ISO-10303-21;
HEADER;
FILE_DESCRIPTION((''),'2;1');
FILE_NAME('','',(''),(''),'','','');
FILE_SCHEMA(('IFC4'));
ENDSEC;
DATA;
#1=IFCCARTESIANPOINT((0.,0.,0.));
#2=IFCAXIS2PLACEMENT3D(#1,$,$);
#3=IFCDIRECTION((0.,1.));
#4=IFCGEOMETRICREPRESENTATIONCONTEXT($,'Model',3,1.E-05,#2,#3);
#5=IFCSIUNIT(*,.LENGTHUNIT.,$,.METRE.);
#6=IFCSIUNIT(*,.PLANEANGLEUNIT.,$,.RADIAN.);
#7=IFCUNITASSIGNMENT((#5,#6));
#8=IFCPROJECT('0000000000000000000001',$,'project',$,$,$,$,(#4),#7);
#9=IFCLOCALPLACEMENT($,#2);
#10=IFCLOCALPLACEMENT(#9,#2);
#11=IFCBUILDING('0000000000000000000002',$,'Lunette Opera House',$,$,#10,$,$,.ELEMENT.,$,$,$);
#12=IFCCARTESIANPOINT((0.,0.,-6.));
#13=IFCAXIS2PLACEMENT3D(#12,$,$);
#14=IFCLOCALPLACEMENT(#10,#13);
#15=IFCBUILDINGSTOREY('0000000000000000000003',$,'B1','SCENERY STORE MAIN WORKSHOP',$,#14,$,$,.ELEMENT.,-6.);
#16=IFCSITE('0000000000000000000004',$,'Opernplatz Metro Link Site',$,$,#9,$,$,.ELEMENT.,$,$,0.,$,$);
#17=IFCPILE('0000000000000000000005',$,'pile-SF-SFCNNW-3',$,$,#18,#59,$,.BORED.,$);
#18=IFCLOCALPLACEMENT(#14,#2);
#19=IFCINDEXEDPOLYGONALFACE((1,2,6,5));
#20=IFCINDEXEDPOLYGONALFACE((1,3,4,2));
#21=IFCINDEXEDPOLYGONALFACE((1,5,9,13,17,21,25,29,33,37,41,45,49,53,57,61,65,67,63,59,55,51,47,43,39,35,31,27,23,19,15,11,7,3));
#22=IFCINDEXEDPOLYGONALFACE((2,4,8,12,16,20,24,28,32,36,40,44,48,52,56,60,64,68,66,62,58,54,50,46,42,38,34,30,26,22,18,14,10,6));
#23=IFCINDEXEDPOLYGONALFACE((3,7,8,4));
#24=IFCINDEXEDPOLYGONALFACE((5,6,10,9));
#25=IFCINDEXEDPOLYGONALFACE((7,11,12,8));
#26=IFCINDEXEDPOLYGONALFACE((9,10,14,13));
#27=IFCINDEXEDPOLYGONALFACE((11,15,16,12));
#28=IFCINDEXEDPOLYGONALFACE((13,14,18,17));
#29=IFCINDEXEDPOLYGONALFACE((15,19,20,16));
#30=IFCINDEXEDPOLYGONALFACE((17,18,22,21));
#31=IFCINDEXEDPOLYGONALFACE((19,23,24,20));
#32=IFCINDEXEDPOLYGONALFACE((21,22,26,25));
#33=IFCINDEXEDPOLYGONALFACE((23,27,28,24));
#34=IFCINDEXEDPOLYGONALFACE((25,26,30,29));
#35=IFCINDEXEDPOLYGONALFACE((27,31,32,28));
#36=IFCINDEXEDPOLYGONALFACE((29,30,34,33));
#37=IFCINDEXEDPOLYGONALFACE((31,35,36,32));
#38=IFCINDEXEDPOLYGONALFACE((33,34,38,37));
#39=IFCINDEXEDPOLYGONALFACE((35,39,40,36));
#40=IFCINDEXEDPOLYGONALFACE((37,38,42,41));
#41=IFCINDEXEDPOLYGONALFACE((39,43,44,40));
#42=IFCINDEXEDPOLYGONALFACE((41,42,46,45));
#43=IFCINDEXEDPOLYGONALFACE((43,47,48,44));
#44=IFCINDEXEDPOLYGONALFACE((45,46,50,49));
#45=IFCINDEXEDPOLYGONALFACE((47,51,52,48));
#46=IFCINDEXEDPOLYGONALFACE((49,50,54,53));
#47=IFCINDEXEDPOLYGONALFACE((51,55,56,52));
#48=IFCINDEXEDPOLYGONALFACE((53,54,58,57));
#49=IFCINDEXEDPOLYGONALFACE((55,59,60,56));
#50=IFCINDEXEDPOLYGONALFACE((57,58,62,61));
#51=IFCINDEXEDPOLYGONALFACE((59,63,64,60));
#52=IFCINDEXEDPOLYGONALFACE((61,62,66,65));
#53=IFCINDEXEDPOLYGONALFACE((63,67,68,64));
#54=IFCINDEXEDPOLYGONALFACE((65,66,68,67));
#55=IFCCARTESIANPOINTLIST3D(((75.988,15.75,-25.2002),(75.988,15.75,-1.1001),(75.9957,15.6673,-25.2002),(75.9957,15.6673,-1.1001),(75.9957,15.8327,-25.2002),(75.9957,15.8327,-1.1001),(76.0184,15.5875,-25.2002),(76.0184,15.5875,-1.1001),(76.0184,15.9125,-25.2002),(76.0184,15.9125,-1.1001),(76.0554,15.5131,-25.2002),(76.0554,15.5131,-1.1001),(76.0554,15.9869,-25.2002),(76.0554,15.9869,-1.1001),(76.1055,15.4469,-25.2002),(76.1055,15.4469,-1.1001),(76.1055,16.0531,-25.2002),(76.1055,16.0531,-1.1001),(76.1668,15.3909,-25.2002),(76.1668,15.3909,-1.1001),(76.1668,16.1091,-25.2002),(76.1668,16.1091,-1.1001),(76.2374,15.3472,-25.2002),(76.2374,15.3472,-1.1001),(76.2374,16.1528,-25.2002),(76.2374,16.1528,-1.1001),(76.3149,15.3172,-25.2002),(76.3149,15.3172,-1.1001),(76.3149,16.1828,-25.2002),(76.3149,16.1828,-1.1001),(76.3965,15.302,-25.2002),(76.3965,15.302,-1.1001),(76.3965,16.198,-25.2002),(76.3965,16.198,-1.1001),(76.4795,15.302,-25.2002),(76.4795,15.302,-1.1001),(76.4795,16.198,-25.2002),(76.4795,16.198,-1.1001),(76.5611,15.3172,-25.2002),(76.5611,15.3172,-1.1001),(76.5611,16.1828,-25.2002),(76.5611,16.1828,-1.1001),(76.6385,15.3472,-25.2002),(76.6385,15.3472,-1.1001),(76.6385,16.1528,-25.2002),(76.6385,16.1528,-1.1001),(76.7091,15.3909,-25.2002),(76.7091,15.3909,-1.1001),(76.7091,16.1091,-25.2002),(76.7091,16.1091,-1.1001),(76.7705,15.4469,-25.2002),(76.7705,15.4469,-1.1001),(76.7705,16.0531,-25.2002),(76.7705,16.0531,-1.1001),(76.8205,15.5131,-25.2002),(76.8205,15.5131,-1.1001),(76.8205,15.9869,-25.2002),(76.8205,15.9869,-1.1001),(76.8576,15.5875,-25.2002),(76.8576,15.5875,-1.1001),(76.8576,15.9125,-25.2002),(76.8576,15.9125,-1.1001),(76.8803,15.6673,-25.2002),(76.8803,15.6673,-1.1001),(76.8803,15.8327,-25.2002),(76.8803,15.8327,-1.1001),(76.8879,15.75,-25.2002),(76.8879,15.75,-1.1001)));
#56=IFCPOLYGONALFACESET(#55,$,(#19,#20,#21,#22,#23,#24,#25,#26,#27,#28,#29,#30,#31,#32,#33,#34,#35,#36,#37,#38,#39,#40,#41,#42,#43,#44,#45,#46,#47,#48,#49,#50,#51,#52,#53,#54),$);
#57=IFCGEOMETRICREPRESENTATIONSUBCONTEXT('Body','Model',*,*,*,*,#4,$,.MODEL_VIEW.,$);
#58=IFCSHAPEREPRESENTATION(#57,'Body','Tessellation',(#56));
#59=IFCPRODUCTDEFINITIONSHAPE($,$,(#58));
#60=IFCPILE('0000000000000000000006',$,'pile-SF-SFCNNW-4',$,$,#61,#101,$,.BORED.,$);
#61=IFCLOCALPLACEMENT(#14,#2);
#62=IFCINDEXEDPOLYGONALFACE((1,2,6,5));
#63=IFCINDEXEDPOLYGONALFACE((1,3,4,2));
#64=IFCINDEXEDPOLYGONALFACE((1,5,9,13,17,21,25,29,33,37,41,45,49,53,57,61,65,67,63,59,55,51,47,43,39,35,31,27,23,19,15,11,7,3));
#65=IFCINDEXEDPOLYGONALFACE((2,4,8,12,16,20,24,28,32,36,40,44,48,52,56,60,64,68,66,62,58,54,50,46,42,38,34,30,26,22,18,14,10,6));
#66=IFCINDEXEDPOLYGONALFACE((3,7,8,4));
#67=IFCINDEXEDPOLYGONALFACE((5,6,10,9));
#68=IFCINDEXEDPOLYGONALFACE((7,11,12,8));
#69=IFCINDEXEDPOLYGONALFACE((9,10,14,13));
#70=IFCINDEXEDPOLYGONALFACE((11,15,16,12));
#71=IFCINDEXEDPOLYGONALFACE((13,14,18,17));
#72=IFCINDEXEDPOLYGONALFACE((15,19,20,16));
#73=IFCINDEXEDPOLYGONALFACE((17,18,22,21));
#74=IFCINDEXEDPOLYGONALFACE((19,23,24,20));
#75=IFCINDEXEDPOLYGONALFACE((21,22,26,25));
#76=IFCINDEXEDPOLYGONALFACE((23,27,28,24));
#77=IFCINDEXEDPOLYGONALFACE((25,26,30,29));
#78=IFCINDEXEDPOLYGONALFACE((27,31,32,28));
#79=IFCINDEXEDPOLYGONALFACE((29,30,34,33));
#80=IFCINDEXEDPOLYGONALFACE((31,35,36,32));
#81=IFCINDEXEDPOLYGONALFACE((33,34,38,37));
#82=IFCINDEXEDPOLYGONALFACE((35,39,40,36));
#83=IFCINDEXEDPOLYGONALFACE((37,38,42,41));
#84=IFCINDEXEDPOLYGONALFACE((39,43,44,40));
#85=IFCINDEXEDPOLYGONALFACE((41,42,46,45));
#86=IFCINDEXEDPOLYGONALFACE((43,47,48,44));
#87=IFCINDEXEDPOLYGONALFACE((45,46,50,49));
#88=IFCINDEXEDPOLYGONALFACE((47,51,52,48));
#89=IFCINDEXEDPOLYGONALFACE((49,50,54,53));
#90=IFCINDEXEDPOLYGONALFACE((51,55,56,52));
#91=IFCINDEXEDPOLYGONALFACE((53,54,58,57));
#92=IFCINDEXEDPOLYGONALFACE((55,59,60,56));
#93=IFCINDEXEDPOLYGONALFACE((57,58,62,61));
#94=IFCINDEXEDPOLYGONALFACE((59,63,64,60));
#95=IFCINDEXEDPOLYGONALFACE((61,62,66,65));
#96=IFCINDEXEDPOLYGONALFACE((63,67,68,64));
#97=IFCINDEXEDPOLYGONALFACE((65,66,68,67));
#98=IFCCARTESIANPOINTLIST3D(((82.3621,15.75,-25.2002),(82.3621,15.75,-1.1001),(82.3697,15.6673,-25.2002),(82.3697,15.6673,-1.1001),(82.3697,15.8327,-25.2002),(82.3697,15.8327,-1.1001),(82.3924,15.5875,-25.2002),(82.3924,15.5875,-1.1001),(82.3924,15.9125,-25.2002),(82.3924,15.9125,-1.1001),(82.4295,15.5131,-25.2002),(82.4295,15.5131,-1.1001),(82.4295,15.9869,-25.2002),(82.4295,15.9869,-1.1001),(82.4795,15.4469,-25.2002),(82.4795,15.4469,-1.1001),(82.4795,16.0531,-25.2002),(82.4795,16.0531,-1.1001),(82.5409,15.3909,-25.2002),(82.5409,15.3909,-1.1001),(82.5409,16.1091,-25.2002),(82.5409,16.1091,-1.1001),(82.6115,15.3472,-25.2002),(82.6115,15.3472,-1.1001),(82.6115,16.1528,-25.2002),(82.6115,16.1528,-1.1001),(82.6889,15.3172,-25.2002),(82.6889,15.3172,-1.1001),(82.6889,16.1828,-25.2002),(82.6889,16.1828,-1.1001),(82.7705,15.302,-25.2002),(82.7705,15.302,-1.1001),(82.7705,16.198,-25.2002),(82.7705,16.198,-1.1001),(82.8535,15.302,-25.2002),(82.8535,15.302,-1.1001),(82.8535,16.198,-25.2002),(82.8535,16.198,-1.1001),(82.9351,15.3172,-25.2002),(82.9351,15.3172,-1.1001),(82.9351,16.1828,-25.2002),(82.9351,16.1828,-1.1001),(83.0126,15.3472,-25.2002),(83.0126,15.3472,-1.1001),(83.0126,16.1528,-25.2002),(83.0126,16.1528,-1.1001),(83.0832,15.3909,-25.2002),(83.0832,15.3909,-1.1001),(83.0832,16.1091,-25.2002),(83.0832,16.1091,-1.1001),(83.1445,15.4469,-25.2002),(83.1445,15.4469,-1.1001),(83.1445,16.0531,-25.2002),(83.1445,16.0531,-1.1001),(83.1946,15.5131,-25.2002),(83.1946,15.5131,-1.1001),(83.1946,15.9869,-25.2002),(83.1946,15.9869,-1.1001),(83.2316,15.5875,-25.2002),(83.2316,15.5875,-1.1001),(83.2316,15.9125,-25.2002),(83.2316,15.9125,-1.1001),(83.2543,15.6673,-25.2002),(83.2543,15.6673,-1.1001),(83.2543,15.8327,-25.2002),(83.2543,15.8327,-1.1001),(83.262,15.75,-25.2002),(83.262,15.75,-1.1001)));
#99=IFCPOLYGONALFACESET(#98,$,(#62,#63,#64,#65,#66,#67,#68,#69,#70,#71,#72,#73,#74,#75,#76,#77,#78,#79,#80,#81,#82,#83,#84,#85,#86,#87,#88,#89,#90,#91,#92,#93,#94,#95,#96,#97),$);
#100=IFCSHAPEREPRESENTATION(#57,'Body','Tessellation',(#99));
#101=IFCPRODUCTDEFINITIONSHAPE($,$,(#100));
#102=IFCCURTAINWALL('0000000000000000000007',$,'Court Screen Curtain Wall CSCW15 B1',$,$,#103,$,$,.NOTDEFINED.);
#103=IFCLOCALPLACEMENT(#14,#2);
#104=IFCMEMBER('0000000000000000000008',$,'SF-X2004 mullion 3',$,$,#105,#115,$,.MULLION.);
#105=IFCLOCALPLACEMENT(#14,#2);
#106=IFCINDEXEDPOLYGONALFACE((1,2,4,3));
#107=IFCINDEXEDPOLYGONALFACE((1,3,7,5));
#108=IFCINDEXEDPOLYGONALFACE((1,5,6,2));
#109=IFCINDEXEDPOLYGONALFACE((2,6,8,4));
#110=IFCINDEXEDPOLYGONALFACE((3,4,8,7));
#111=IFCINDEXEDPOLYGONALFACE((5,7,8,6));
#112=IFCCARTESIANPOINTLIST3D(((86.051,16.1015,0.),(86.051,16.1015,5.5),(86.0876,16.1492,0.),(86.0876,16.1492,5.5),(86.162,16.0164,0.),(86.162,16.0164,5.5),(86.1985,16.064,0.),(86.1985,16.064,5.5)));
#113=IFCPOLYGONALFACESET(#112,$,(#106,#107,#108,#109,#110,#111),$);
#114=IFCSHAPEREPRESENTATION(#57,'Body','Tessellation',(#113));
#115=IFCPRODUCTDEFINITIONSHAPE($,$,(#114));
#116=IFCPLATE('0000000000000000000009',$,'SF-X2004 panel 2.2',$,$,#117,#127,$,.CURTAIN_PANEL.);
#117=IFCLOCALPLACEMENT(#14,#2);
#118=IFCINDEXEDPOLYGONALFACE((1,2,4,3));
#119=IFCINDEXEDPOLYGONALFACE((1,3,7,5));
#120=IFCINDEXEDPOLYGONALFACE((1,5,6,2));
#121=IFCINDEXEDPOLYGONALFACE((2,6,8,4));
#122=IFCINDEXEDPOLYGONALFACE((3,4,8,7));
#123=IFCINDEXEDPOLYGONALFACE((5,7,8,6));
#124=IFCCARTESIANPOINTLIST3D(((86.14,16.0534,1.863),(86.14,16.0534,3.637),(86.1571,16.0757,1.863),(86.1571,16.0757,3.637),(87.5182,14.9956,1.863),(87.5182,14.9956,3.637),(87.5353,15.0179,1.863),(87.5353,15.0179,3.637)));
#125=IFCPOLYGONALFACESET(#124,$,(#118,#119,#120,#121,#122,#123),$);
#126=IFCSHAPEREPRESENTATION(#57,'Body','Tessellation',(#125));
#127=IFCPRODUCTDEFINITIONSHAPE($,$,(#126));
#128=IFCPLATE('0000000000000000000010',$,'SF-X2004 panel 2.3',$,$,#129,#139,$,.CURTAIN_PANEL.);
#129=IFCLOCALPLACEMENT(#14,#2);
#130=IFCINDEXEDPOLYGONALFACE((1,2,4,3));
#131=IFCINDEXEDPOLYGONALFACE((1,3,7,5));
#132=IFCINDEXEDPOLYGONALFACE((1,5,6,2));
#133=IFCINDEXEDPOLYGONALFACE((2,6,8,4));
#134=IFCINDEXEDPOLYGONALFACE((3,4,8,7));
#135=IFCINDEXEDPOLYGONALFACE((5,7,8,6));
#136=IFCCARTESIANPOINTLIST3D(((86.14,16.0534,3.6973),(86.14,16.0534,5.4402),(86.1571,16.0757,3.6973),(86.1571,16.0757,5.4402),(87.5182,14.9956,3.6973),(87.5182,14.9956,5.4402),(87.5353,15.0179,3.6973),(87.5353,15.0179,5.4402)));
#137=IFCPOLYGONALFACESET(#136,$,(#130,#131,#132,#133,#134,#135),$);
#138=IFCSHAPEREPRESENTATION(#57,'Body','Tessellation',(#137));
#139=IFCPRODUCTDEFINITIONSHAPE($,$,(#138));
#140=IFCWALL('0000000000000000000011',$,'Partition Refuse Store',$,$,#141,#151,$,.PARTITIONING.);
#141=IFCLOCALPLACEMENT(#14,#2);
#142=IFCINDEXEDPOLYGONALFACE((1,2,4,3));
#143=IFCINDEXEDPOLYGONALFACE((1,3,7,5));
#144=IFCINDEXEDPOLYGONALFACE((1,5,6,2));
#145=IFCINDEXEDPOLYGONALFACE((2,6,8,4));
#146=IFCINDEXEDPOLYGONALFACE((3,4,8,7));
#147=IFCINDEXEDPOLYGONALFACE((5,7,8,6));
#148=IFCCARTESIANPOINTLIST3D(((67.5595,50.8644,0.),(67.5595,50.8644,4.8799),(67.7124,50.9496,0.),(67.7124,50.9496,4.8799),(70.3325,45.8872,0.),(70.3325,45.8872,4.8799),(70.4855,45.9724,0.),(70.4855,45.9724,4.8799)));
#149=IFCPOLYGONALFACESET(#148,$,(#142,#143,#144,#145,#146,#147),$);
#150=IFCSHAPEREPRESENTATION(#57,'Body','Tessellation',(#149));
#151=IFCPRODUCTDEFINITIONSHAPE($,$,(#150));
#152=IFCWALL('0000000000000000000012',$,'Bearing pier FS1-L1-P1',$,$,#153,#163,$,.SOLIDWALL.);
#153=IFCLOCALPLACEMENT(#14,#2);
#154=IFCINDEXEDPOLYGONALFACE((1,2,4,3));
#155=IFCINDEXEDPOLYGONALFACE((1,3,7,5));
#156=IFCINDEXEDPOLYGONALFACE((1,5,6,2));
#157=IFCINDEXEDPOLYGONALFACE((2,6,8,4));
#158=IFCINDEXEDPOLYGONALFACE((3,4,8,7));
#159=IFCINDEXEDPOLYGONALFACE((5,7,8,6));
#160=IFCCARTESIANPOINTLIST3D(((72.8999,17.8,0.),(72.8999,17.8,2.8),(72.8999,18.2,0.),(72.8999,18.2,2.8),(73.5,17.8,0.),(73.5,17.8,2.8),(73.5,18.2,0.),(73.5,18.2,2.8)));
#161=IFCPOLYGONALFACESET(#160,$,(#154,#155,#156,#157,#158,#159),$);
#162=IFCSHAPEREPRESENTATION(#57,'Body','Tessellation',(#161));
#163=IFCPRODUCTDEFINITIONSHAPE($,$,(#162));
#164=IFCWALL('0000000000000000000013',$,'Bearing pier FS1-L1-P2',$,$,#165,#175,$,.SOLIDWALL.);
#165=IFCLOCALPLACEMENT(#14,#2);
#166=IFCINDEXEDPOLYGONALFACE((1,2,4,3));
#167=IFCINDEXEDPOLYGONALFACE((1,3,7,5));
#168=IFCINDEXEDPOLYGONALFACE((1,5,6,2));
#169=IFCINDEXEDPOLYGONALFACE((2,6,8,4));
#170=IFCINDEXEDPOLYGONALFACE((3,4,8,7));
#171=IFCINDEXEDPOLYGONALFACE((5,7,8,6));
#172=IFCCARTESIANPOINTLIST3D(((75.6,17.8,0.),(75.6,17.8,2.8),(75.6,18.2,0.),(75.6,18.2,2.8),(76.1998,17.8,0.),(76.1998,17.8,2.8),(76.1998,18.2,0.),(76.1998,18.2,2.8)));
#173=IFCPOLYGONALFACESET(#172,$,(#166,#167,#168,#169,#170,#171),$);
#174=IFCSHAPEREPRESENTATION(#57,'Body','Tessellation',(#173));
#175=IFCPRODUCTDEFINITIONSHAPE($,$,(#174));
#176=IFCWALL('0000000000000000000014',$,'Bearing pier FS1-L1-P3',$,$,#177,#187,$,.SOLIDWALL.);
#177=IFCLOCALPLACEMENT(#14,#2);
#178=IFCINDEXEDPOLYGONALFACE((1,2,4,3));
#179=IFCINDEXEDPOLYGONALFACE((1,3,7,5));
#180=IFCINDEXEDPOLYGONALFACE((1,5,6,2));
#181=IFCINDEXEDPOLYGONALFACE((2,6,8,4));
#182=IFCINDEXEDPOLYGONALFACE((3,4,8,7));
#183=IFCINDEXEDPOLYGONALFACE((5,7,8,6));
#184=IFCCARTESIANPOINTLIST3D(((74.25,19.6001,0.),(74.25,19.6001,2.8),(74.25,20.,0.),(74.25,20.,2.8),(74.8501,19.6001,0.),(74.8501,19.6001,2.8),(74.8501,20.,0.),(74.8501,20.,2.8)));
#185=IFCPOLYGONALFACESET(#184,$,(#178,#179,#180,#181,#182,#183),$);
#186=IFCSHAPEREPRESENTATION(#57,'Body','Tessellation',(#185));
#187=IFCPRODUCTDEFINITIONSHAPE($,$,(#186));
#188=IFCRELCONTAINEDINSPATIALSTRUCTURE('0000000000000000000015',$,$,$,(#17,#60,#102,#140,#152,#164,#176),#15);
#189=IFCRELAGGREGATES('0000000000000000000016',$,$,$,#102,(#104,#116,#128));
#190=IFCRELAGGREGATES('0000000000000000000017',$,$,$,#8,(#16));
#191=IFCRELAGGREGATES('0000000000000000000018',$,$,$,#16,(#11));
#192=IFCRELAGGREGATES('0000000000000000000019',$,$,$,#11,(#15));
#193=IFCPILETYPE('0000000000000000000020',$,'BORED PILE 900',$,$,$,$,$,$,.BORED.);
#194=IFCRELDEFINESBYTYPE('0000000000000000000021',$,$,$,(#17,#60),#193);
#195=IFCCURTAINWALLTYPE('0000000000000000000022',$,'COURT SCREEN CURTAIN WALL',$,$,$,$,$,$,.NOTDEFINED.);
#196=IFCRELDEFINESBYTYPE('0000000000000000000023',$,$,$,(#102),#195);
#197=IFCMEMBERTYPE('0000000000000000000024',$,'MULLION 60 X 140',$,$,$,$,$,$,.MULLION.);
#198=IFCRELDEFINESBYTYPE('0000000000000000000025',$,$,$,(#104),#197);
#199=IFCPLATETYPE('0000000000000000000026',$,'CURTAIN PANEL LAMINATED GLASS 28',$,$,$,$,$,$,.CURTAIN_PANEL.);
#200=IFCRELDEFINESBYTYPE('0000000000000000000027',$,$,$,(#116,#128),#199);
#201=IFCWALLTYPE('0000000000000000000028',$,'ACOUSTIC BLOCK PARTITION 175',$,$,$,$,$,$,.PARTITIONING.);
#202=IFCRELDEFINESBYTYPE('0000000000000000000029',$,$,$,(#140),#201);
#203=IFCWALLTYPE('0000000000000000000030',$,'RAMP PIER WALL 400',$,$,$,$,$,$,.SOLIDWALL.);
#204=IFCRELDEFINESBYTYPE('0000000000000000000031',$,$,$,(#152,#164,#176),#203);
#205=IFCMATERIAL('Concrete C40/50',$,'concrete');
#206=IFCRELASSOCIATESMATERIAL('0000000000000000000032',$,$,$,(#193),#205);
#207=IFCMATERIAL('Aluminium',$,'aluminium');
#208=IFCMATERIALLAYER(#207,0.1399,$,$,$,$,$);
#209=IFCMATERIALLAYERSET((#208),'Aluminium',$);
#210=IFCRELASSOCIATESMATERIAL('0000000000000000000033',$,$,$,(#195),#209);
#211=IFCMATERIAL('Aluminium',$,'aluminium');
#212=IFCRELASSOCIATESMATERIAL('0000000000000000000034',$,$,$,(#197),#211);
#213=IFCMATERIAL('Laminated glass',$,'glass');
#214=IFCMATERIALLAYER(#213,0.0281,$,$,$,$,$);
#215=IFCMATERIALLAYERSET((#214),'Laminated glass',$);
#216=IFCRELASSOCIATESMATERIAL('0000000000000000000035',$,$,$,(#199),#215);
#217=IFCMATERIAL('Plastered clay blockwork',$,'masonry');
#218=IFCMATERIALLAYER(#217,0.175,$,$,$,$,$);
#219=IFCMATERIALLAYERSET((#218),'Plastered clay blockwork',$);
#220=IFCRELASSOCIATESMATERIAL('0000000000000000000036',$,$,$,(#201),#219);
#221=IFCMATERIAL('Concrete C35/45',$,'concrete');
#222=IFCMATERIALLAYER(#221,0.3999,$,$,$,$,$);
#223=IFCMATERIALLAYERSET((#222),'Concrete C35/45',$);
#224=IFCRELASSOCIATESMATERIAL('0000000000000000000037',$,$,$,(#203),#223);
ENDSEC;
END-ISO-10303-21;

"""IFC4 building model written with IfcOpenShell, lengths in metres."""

from ifc_helpers import new_model, si_unit, direction, frame, frame_2d, origin, origin_2d, place, context, subcontext, project, spatial, rectangle, circle, extrude, material, layer, layer_set, material_profile, profile_set, type_object, element, aggregate, save


model = new_model("IFC4")

# Units and contexts
model_context = context("Model", 3, precision=1e-05, world=origin(), true_north=direction((0.0, 1.0)))
body_context = subcontext(model_context, "Body", "Model", "MODEL_VIEW")
ifc_project = project(units=[si_unit("LENGTHUNIT", "METRE"), si_unit("PLANEANGLEUNIT", "RADIAN")], contexts=[model_context])

# Site, building, storey
site_placement = place(None, origin())
site = spatial("IfcSite", under=ifc_project, at=site_placement, Name="Opernplatz Metro Link Site", CompositionType="ELEMENT", RefElevation=0.0)
building_placement = place(site_placement, origin())
building = spatial("IfcBuilding", under=site, at=building_placement, Name="Lunette Opera House", CompositionType="ELEMENT")
storey_placement = place(building_placement, frame((0.0, 0.0, -6.0)))
storey = spatial("IfcBuildingStorey", under=building, at=storey_placement, Name="B1", Description="SCENERY STORE MAIN WORKSHOP", CompositionType="ELEMENT", Elevation=-6.0)

# Piles
ifc_material_1 = material(Name="Concrete C40/50", Category="concrete")
ifc_material_profile_1 = material_profile(ifc_material_1, circle(Radius=0.45, at=origin_2d()), Name="BORED PILE 900")
ifc_profile_set_1 = profile_set([ifc_material_profile_1], Name="Concrete C40/50")
pile_type = type_object("IfcPileType", Name="BORED PILE 900", PredefinedType="BORED", material=ifc_profile_set_1)
for number, where, z_axis, x_axis, name in (
    (1, (76.438, 15.75, -1.1001), (0.0, 0.0, -1.0), (1.0, 0.0, 0.0), "pile-SF-SFCNNW-3"),
    (2, (82.812, 15.75, -1.1001), (0.0, 0.0, -1.0), (1.0, 0.0, 0.0), "pile-SF-SFCNNW-4"),
):
    element("IfcPile", number, at=place(storey_placement, frame(where, z_axis=z_axis, x_axis=x_axis)), inside=storey, type_object=pile_type, Name=name, PredefinedType="BORED", context=body_context, shape_type="SweptSolid", body=[
        extrude(circle(Radius=0.45, at=origin_2d()), origin(), (0.0, 0.0, 1.0), 24.1001),
    ])

# Curtain wall, member, plates
ifc_material_2 = material(Name="Aluminium", Category="aluminium")
ifc_layer_1 = layer(ifc_material_2, 0.1399)
ifc_layer_set_1 = layer_set([ifc_layer_1], Name="Aluminium")
curtain_wall_type = type_object("IfcCurtainWallType", Name="COURT SCREEN CURTAIN WALL", PredefinedType="NOTDEFINED", material=ifc_layer_set_1)
curtain_wall_placement = place(storey_placement, origin())
curtain_wall = element("IfcCurtainWall", 3, at=curtain_wall_placement, inside=storey, type_object=curtain_wall_type, Name="Court Screen Curtain Wall CSCW15 B1", PredefinedType="NOTDEFINED")
ifc_material_3 = material(Name="Aluminium", Category="aluminium")
ifc_material_profile_2 = material_profile(ifc_material_3, rectangle(XDim=0.0601, YDim=0.1399, at=origin_2d()), Name="MULLION 60 X 140")
ifc_profile_set_2 = profile_set([ifc_material_profile_2], Name="Aluminium")
member_type = type_object("IfcMemberType", Name="MULLION 60 X 140", PredefinedType="MULLION", material=ifc_profile_set_2)
member_placement = place(storey_placement, frame((86.1248, 16.0828, 0.0), z_axis=(0.0, 0.0, 1.0), x_axis=(-0.608851, -0.793285, 0.0)))
member = element("IfcMember", 4, at=member_placement, type_object=member_type, Name="SF-X2004 mullion 3", PredefinedType="MULLION", context=body_context, shape_type="SweptSolid", body=[
    extrude(rectangle(XDim=0.0601, YDim=0.1399, at=origin_2d()), origin(), (0.0, 0.0, 1.0), 5.5),
])
ifc_material_4 = material(Name="Laminated glass", Category="glass")
ifc_layer_2 = layer(ifc_material_4, 0.0281)
ifc_layer_set_2 = layer_set([ifc_layer_2], Name="Laminated glass")
plate_type = type_object("IfcPlateType", Name="CURTAIN PANEL LAMINATED GLASS 28", PredefinedType="CURTAIN_PANEL", material=ifc_layer_set_2)
plate_1_placement = place(storey_placement, frame((86.8376, 15.5356, 1.863), z_axis=(0.0, 0.0, 1.0), x_axis=(-0.793285, 0.608851, 0.0)))
plate_1 = element("IfcPlate", 5, at=plate_1_placement, type_object=plate_type, Name="SF-X2004 panel 2.2", PredefinedType="CURTAIN_PANEL", context=body_context, shape_type="SweptSolid", body=[
    extrude(rectangle(XDim=1.7373, YDim=0.0281, at=origin_2d()), origin(), (0.0, 0.0, 1.0), 1.7739),
])
plate_2_placement = place(storey_placement, frame((86.8376, 15.5356, 3.6973), z_axis=(0.0, 0.0, 1.0), x_axis=(-0.793285, 0.608851, 0.0)))
plate_2 = element("IfcPlate", 6, at=plate_2_placement, type_object=plate_type, Name="SF-X2004 panel 2.3", PredefinedType="CURTAIN_PANEL", context=body_context, shape_type="SweptSolid", body=[
    extrude(rectangle(XDim=1.7373, YDim=0.0281, at=origin_2d()), origin(), (0.0, 0.0, 1.0), 1.7429),
])
aggregate(curtain_wall, [member, plate_1, plate_2])

# Walls
ifc_material_5 = material(Name="Plastered clay blockwork", Category="masonry")
ifc_layer_3 = layer(ifc_material_5, 0.175)
ifc_layer_set_3 = layer_set([ifc_layer_3], Name="Plastered clay blockwork")
wall_type_1 = type_object("IfcWallType", Name="ACOUSTIC BLOCK PARTITION 175", PredefinedType="PARTITIONING", material=ifc_layer_set_3)
wall_1_placement = place(storey_placement, frame((70.4089, 45.9299, 0.0), z_axis=(0.0, 0.0, 1.0), x_axis=(-0.486705, 0.873566, 0.0)))
element("IfcWall", 7, at=wall_1_placement, inside=storey, type_object=wall_type_1, Name="Partition Refuse Store", PredefinedType="PARTITIONING", context=body_context, shape_type="SweptSolid", body=[
    extrude(rectangle(XDim=5.6975, YDim=0.175, at=frame_2d((2.8486, 0.0))), origin(), (0.0, 0.0, 1.0), 4.8799),
])
ifc_material_6 = material(Name="Concrete C35/45", Category="concrete")
ifc_layer_4 = layer(ifc_material_6, 0.3999)
ifc_layer_set_4 = layer_set([ifc_layer_4], Name="Concrete C35/45")
wall_type_2 = type_object("IfcWallType", Name="RAMP PIER WALL 400", PredefinedType="SOLIDWALL", material=ifc_layer_set_4)
wall_2_placement = place(storey_placement, frame((72.8999, 18.0, 0.0), z_axis=(0.0, 0.0, 1.0), x_axis=(1.0, 0.0, 0.0)))
element("IfcWall", 8, at=wall_2_placement, inside=storey, type_object=wall_type_2, Name="Bearing pier FS1-L1-P1", PredefinedType="SOLIDWALL", context=body_context, shape_type="SweptSolid", body=[
    extrude(rectangle(XDim=0.6001, YDim=0.3999, at=frame_2d((0.3, 0.0))), origin(), (0.0, 0.0, 1.0), 2.8),
])
wall_3_placement = place(storey_placement, frame((75.6001, 18.0, 0.0), z_axis=(0.0, 0.0, 1.0), x_axis=(1.0, 0.0, 0.0)))
element("IfcWall", 9, at=wall_3_placement, inside=storey, type_object=wall_type_2, Name="Bearing pier FS1-L1-P2", PredefinedType="SOLIDWALL", context=body_context, shape_type="SweptSolid", body=[
    extrude(rectangle(XDim=0.5999, YDim=0.3999, at=frame_2d((0.2998, 0.0))), origin(), (0.0, 0.0, 1.0), 2.8),
])
wall_4_placement = place(storey_placement, frame((74.25, 19.8, 0.0), z_axis=(0.0, 0.0, 1.0), x_axis=(1.0, 0.0, 0.0)))
element("IfcWall", 10, at=wall_4_placement, inside=storey, type_object=wall_type_2, Name="Bearing pier FS1-L1-P3", PredefinedType="SOLIDWALL", context=body_context, shape_type="SweptSolid", body=[
    extrude(rectangle(XDim=0.6001, YDim=0.3999, at=frame_2d((0.3, 0.0))), origin(), (0.0, 0.0, 1.0), 2.8),
])

save(model, "model.ifc")
